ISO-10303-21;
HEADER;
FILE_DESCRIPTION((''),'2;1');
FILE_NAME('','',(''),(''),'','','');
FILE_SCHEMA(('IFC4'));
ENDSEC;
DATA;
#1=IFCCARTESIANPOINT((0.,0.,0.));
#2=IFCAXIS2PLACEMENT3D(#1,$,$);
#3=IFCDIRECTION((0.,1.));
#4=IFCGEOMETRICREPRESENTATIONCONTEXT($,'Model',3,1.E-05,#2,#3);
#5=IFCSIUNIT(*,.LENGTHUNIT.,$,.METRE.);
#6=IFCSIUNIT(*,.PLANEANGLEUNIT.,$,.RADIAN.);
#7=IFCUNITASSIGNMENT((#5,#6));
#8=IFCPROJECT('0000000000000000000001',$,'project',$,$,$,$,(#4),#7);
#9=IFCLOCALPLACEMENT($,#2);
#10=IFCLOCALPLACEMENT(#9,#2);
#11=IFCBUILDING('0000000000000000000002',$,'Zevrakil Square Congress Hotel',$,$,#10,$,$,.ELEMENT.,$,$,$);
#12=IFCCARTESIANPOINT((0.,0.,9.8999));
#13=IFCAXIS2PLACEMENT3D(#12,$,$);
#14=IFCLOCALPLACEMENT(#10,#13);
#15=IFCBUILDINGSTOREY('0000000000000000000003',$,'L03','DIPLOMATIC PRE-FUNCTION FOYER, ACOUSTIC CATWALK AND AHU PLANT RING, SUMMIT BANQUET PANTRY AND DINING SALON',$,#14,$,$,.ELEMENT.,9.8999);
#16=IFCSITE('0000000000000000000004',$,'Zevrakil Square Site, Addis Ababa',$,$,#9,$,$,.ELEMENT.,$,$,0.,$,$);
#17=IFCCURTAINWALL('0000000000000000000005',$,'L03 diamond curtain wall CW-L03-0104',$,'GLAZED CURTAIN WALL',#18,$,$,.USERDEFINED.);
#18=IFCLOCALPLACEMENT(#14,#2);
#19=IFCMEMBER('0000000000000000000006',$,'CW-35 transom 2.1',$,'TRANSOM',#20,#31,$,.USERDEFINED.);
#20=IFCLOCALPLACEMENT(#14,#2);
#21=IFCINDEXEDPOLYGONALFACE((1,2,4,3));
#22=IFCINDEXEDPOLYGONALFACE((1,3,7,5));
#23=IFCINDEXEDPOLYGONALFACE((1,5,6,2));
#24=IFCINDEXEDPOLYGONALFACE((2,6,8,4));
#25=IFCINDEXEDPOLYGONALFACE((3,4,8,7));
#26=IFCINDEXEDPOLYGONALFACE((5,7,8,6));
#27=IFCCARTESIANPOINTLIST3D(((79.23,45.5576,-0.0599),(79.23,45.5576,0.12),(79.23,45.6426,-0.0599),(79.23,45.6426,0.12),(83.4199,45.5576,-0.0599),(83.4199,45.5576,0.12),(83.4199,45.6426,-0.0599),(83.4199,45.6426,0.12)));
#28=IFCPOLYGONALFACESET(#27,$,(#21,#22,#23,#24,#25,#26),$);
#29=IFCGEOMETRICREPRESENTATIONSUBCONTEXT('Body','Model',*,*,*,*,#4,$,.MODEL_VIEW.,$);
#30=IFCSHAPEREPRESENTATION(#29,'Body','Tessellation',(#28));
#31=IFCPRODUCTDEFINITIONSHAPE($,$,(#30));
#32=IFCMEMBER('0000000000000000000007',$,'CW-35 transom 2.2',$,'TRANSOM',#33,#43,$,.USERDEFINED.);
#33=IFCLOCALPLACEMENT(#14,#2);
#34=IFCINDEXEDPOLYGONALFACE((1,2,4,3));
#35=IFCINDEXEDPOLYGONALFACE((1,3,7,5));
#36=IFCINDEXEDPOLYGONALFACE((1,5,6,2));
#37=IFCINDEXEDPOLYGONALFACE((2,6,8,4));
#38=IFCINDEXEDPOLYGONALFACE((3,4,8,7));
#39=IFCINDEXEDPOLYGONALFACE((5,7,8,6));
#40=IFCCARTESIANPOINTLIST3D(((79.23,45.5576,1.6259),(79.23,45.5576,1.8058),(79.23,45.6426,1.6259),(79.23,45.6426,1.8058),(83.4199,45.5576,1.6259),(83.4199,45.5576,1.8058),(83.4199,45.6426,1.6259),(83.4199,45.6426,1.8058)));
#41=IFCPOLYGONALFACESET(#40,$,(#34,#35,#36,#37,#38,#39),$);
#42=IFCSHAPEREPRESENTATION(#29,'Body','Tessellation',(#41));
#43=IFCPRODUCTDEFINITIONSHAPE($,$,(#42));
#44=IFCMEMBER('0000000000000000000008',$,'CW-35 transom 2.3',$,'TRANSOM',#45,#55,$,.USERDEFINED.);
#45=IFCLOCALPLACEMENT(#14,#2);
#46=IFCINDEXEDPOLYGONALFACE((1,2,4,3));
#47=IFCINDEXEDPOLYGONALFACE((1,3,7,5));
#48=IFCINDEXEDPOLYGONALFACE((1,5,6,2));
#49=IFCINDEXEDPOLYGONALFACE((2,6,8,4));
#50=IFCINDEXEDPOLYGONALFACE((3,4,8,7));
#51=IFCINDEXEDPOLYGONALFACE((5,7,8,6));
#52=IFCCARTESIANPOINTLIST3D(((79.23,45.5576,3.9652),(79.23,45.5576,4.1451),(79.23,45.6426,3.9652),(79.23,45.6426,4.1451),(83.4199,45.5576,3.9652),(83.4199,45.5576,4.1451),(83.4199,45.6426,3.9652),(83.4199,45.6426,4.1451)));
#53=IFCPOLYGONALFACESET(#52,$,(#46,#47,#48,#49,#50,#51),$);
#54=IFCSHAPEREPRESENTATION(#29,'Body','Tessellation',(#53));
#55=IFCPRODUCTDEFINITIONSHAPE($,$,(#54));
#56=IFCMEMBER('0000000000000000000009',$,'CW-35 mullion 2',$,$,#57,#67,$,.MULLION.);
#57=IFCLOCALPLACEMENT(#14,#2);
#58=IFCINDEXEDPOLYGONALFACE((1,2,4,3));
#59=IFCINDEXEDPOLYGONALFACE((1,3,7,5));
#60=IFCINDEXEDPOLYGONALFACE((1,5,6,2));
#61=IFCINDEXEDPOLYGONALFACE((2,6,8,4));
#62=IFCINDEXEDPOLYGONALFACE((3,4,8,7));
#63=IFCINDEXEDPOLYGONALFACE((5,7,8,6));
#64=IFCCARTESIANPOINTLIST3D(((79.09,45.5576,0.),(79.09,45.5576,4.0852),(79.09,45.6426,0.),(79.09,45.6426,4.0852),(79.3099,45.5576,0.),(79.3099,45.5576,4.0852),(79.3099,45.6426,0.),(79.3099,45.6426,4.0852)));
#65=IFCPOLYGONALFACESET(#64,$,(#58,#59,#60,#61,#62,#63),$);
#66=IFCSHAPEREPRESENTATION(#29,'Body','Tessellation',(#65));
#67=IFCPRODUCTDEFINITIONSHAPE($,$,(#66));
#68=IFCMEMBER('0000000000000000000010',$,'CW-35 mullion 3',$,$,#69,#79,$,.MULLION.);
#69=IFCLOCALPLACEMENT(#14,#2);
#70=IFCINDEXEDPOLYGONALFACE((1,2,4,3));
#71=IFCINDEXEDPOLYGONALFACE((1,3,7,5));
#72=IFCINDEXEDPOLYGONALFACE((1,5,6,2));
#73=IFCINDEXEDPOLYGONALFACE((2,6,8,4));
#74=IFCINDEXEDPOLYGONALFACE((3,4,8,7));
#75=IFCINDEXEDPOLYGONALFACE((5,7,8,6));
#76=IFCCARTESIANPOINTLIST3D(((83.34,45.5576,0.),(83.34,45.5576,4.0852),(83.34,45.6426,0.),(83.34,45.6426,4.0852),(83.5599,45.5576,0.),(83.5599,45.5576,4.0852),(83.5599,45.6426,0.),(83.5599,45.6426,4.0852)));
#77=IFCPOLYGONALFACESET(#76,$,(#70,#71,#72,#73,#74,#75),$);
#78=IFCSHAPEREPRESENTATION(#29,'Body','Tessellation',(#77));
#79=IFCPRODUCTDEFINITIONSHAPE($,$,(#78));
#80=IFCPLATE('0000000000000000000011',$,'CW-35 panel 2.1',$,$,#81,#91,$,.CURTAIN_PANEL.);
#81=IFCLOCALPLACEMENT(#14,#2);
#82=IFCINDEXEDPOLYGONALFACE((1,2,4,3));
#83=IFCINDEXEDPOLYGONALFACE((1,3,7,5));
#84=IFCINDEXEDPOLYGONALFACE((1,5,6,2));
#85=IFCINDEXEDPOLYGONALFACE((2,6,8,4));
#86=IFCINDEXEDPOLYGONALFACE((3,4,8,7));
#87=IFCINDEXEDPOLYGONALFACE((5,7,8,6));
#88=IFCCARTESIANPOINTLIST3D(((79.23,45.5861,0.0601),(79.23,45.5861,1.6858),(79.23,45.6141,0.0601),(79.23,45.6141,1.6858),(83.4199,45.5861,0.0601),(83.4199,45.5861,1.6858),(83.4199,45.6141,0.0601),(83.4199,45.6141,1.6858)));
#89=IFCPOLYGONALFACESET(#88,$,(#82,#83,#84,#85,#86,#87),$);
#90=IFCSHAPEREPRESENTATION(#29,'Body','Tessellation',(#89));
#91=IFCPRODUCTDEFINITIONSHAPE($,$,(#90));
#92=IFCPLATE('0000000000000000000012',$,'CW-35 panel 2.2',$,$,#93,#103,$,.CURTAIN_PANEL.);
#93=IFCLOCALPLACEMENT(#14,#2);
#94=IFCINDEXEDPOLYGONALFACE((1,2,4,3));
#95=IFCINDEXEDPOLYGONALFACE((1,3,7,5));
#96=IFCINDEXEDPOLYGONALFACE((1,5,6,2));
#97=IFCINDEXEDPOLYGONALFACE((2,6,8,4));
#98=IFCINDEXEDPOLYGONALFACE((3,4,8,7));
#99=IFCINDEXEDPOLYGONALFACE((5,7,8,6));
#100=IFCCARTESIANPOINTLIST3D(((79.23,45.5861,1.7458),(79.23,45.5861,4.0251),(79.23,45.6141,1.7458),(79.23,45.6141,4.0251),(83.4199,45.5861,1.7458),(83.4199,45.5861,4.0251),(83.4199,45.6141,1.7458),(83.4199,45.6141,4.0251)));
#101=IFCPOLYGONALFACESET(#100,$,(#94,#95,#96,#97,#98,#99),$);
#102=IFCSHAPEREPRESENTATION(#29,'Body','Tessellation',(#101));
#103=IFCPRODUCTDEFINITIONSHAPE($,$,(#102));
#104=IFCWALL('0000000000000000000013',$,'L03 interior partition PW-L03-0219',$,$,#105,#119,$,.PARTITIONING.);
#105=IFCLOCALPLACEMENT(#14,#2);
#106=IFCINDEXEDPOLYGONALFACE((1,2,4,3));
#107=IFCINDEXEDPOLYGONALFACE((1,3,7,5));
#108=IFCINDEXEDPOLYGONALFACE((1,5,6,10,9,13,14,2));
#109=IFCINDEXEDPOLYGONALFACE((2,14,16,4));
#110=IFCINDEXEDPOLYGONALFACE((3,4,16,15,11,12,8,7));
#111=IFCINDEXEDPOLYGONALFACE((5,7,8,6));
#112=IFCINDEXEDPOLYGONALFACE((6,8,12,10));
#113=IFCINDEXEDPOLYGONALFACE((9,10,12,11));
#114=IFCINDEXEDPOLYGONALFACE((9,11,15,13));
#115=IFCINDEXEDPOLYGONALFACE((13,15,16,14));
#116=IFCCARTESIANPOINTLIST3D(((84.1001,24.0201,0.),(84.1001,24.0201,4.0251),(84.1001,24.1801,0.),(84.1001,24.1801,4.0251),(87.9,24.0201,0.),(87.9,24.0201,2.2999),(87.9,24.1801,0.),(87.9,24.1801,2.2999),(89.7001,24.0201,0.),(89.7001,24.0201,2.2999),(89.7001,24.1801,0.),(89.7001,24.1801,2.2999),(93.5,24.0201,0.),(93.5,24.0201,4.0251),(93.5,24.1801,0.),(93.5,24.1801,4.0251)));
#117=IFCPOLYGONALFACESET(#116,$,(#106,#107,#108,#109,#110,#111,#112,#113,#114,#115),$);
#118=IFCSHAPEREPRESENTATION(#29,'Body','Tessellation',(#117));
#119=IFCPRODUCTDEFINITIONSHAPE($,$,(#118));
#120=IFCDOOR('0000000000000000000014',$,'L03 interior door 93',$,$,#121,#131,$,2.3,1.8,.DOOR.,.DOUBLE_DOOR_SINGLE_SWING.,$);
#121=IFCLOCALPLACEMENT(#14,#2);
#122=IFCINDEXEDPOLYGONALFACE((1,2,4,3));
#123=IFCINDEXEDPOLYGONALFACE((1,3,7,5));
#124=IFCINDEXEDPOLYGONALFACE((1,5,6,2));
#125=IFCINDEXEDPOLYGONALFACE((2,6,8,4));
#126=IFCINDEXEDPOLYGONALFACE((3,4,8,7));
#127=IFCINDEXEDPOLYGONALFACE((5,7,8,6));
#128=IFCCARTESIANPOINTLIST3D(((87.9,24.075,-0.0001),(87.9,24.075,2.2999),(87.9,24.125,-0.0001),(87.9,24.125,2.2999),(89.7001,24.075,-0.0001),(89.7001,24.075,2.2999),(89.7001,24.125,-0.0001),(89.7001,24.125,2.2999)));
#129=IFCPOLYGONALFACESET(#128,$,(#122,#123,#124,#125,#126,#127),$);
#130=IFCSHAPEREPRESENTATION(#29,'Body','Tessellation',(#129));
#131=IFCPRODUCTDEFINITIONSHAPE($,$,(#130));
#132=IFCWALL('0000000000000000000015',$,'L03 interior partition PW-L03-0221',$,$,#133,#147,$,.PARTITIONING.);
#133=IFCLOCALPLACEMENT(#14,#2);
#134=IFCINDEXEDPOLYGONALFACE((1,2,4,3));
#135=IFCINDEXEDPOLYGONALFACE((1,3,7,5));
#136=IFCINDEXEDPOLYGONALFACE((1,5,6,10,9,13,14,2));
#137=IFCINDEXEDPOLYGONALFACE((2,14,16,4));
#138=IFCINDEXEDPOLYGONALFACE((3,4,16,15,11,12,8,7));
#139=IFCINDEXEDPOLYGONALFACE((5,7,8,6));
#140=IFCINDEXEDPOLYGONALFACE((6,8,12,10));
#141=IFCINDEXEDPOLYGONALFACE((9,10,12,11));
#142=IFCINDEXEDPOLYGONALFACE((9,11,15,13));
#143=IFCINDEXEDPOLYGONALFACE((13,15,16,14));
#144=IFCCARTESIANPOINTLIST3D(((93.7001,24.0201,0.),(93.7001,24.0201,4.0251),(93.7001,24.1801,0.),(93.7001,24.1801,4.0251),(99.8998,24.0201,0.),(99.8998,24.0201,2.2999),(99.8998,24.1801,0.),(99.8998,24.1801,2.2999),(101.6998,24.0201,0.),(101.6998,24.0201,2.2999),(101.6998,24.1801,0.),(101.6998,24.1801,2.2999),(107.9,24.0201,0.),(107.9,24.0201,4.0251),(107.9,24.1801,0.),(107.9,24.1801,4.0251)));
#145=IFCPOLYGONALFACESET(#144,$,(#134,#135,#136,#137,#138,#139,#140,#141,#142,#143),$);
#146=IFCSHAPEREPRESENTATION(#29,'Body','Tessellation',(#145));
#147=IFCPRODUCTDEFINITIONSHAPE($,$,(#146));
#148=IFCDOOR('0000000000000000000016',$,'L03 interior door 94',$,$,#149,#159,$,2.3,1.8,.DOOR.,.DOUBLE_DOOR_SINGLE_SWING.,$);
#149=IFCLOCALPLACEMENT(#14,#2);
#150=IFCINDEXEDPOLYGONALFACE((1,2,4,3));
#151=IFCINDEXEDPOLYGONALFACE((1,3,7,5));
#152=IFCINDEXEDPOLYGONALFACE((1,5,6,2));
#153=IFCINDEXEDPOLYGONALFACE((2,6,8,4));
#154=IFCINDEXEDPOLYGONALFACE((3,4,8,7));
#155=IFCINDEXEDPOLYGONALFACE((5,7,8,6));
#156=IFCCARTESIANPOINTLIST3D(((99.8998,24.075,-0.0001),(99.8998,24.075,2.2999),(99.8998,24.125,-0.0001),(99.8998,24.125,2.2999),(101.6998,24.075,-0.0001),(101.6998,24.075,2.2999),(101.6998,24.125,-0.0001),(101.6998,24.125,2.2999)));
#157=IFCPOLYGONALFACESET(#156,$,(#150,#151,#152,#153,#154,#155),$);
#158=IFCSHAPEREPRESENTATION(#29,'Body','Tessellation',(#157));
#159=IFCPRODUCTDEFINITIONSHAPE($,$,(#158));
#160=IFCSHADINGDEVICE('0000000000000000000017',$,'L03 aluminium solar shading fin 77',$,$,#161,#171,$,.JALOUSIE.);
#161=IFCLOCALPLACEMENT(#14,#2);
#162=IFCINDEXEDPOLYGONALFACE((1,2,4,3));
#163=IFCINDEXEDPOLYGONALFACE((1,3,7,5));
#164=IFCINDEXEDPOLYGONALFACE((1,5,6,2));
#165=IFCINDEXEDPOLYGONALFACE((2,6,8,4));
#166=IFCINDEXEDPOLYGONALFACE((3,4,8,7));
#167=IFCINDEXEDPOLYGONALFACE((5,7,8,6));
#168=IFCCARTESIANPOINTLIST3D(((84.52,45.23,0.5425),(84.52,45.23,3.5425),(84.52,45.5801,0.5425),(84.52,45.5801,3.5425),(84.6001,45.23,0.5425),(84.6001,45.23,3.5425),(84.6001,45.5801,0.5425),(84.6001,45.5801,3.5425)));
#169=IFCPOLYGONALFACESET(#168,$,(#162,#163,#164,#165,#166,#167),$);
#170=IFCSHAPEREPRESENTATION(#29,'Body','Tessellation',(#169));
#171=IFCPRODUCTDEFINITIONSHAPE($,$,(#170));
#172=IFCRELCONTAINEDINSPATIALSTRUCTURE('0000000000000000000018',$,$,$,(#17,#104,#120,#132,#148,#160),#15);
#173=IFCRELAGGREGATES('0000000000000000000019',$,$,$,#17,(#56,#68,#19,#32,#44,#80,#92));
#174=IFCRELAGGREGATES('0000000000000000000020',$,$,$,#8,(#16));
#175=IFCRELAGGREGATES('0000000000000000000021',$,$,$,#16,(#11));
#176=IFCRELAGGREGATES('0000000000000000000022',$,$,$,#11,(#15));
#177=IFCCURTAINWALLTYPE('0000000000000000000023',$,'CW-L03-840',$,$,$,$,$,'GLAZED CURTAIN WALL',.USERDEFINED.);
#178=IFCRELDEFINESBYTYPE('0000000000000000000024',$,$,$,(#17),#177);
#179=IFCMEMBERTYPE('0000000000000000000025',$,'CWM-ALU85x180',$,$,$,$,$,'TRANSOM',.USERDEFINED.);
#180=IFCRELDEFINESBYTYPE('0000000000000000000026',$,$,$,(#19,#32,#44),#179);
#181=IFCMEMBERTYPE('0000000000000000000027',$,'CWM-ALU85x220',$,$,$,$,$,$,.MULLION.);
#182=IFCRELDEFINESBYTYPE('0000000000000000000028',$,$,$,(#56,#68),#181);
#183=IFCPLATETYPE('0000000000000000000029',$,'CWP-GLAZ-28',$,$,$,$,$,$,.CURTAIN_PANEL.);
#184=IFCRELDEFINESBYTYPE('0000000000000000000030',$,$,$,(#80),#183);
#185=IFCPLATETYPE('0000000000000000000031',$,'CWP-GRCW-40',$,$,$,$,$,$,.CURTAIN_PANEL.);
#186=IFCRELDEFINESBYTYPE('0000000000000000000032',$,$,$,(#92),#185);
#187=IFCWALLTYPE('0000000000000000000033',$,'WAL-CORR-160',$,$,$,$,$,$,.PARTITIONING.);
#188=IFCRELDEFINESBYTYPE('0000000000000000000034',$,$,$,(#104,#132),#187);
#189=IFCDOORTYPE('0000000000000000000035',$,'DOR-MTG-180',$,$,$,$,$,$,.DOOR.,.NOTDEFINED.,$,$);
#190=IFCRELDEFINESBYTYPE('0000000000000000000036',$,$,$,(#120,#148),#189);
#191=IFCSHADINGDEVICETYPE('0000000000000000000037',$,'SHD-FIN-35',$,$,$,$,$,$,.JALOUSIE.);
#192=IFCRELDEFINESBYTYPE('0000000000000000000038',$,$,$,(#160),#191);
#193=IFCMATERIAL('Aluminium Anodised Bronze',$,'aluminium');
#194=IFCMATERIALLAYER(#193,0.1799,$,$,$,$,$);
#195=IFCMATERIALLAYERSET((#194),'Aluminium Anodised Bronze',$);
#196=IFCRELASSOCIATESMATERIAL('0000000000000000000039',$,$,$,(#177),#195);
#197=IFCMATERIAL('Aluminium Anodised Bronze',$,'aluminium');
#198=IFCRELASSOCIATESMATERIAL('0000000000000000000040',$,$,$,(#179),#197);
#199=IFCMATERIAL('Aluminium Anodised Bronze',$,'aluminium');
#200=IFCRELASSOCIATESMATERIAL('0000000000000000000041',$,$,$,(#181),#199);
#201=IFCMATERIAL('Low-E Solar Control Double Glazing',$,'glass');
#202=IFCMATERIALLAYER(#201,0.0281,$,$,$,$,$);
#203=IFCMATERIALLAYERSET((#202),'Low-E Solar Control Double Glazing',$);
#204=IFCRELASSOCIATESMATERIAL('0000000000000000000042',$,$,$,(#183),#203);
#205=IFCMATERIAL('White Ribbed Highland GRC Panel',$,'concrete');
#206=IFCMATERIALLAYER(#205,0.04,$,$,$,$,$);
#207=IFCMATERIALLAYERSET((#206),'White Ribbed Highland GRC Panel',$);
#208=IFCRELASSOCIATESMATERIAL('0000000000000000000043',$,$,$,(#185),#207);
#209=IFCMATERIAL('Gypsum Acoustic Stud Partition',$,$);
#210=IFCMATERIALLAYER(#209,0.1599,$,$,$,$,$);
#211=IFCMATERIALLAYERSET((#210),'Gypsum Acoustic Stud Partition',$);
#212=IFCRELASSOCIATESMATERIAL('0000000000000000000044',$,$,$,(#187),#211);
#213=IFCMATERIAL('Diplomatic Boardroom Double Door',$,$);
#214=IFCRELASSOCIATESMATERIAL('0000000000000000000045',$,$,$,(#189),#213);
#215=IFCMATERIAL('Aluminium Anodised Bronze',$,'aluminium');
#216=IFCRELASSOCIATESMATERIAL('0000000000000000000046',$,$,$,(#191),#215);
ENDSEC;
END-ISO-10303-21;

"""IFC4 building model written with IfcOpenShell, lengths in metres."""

from ifc_helpers import new_model, si_unit, direction, frame, frame_2d, origin, origin_2d, place, context, subcontext, project, spatial, rectangle, extrude, material, layer, layer_set, material_profile, profile_set, type_object, element, fill, aggregate, save


model = new_model("IFC4")

# Units and contexts
model_context = context("Model", 3, precision=1e-05, world=origin(), true_north=direction((0.0, 1.0)))
body_context = subcontext(model_context, "Body", "Model", "MODEL_VIEW")
ifc_project = project(units=[si_unit("LENGTHUNIT", "METRE"), si_unit("PLANEANGLEUNIT", "RADIAN")], contexts=[model_context])

# Site, building, storey
site_placement = place(None, origin())
site = spatial("IfcSite", under=ifc_project, at=site_placement, Name="Zevrakil Square Site, Addis Ababa", CompositionType="ELEMENT", RefElevation=0.0)
building_placement = place(site_placement, origin())
building = spatial("IfcBuilding", under=site, at=building_placement, Name="Zevrakil Square Congress Hotel", CompositionType="ELEMENT")
storey_placement = place(building_placement, frame((0.0, 0.0, 9.8999)))
storey = spatial("IfcBuildingStorey", under=building, at=storey_placement, Name="L03", Description="DIPLOMATIC PRE-FUNCTION FOYER, ACOUSTIC CATWALK AND AHU PLANT RING, SUMMIT BANQUET PANTRY AND DINING SALON", CompositionType="ELEMENT", Elevation=9.8999)

# Curtain wall, members, plates
ifc_material_1 = material(Name="Aluminium Anodised Bronze", Category="aluminium")
ifc_layer_1 = layer(ifc_material_1, 0.1799)
ifc_layer_set_1 = layer_set([ifc_layer_1], Name="Aluminium Anodised Bronze")
curtain_wall_type = type_object("IfcCurtainWallType", Name="CW-L03-840", ElementType="GLAZED CURTAIN WALL", PredefinedType="USERDEFINED", material=ifc_layer_set_1)
curtain_wall_placement = place(storey_placement, origin())
curtain_wall = element("IfcCurtainWall", 1, at=curtain_wall_placement, inside=storey, type_object=curtain_wall_type, Name="L03 diamond curtain wall CW-L03-0104", ObjectType="GLAZED CURTAIN WALL", PredefinedType="USERDEFINED")
ifc_material_2 = material(Name="Aluminium Anodised Bronze", Category="aluminium")
ifc_material_profile_1 = material_profile(ifc_material_2, rectangle(XDim=0.085, YDim=0.1799, at=origin_2d()), Name="ALU 85x180")
ifc_profile_set_1 = profile_set([ifc_material_profile_1], Name="Aluminium Anodised Bronze")
member_type_1 = type_object("IfcMemberType", Name="CWM-ALU85x180", ElementType="TRANSOM", PredefinedType="USERDEFINED", material=ifc_profile_set_1)
member_1_placement = place(storey_placement, frame((79.23, 45.6001, 0.03), z_axis=(1.0, 0.0, 0.0), x_axis=(0.0, 1.0, 0.0)))
member_1 = element("IfcMember", 2, at=member_1_placement, type_object=member_type_1, Name="CW-35 transom 2.1", ObjectType="TRANSOM", PredefinedType="USERDEFINED", context=body_context, shape_type="SweptSolid", body=[
    extrude(rectangle(XDim=0.085, YDim=0.1799, at=origin_2d()), origin(), (0.0, 0.0, 1.0), 4.1899),
])
member_2_placement = place(storey_placement, frame((79.23, 45.6001, 1.7158), z_axis=(1.0, 0.0, 0.0), x_axis=(0.0, 1.0, 0.0)))
member_2 = element("IfcMember", 3, at=member_2_placement, type_object=member_type_1, Name="CW-35 transom 2.2", ObjectType="TRANSOM", PredefinedType="USERDEFINED", context=body_context, shape_type="SweptSolid", body=[
    extrude(rectangle(XDim=0.085, YDim=0.1799, at=origin_2d()), origin(), (0.0, 0.0, 1.0), 4.1899),
])
member_3_placement = place(storey_placement, frame((79.23, 45.6001, 4.0552), z_axis=(1.0, 0.0, 0.0), x_axis=(0.0, 1.0, 0.0)))
member_3 = element("IfcMember", 4, at=member_3_placement, type_object=member_type_1, Name="CW-35 transom 2.3", ObjectType="TRANSOM", PredefinedType="USERDEFINED", context=body_context, shape_type="SweptSolid", body=[
    extrude(rectangle(XDim=0.085, YDim=0.1799, at=origin_2d()), origin(), (0.0, 0.0, 1.0), 4.1899),
])
ifc_material_3 = material(Name="Aluminium Anodised Bronze", Category="aluminium")
ifc_material_profile_2 = material_profile(ifc_material_3, rectangle(XDim=0.085, YDim=0.22, at=origin_2d()), Name="ALU 85x220")
ifc_profile_set_2 = profile_set([ifc_material_profile_2], Name="Aluminium Anodised Bronze")
member_type_2 = type_object("IfcMemberType", Name="CWM-ALU85x220", PredefinedType="MULLION", material=ifc_profile_set_2)
member_4_placement = place(storey_placement, frame((79.2, 45.6001, 0.0), z_axis=(0.0, 0.0, 1.0), x_axis=(0.0, 1.0, 0.0)))
member_4 = element("IfcMember", 5, at=member_4_placement, type_object=member_type_2, Name="CW-35 mullion 2", PredefinedType="MULLION", context=body_context, shape_type="SweptSolid", body=[
    extrude(rectangle(XDim=0.085, YDim=0.22, at=origin_2d()), origin(), (0.0, 0.0, 1.0), 4.0852),
])
member_5_placement = place(storey_placement, frame((83.45, 45.6001, 0.0), z_axis=(0.0, 0.0, 1.0), x_axis=(0.0, 1.0, 0.0)))
member_5 = element("IfcMember", 6, at=member_5_placement, type_object=member_type_2, Name="CW-35 mullion 3", PredefinedType="MULLION", context=body_context, shape_type="SweptSolid", body=[
    extrude(rectangle(XDim=0.085, YDim=0.22, at=origin_2d()), origin(), (0.0, 0.0, 1.0), 4.0852),
])
ifc_material_4 = material(Name="Low-E Solar Control Double Glazing", Category="glass")
ifc_layer_2 = layer(ifc_material_4, 0.0281)
ifc_layer_set_2 = layer_set([ifc_layer_2], Name="Low-E Solar Control Double Glazing")
plate_type_1 = type_object("IfcPlateType", Name="CWP-GLAZ-28", PredefinedType="CURTAIN_PANEL", material=ifc_layer_set_2)
plate_1_placement = place(storey_placement, frame((81.325, 45.6001, 0.0601), z_axis=(0.0, 0.0, 1.0), x_axis=(1.0, 0.0, 0.0)))
plate_1 = element("IfcPlate", 7, at=plate_1_placement, type_object=plate_type_1, Name="CW-35 panel 2.1", PredefinedType="CURTAIN_PANEL", context=body_context, shape_type="SweptSolid", body=[
    extrude(rectangle(XDim=4.1899, YDim=0.0281, at=origin_2d()), origin(), (0.0, 0.0, 1.0), 1.6257),
])
ifc_material_5 = material(Name="White Ribbed Highland GRC Panel", Category="concrete")
ifc_layer_3 = layer(ifc_material_5, 0.04)
ifc_layer_set_3 = layer_set([ifc_layer_3], Name="White Ribbed Highland GRC Panel")
plate_type_2 = type_object("IfcPlateType", Name="CWP-GRCW-40", PredefinedType="CURTAIN_PANEL", material=ifc_layer_set_3)
plate_2_placement = place(storey_placement, frame((81.325, 45.6001, 1.7458), z_axis=(0.0, 0.0, 1.0), x_axis=(1.0, 0.0, 0.0)))
plate_2 = element("IfcPlate", 8, at=plate_2_placement, type_object=plate_type_2, Name="CW-35 panel 2.2", PredefinedType="CURTAIN_PANEL", context=body_context, shape_type="SweptSolid", body=[
    extrude(rectangle(XDim=4.1899, YDim=0.0281, at=origin_2d()), origin(), (0.0, 0.0, 1.0), 2.2793),
])
aggregate(curtain_wall, [member_4, member_5, member_1, member_2, member_3, plate_1, plate_2])

# Walls, openings, doors
ifc_material_6 = material(Name="Gypsum Acoustic Stud Partition")
ifc_layer_4 = layer(ifc_material_6, 0.1599)
ifc_layer_set_4 = layer_set([ifc_layer_4], Name="Gypsum Acoustic Stud Partition")
wall_type = type_object("IfcWallType", Name="WAL-CORR-160", PredefinedType="PARTITIONING", material=ifc_layer_set_4)
wall_1_placement = place(storey_placement, frame((84.1001, 24.1001, 0.0), z_axis=(0.0, 0.0, 1.0), x_axis=(1.0, 0.0, 0.0)))
wall_1 = element("IfcWall", 9, at=wall_1_placement, inside=storey, type_object=wall_type, Name="L03 interior partition PW-L03-0219", PredefinedType="PARTITIONING", context=body_context, shape_type="SweptSolid", body=[
    extrude(rectangle(XDim=9.3999, YDim=0.1599, at=frame_2d((4.7, 0.0))), origin(), (0.0, 0.0, 1.0), 4.0251),
])
opening_1_placement = place(wall_1_placement, frame((3.8, 0.0, 0.0)))
opening_1 = element("IfcOpeningElement", 10, at=opening_1_placement, cuts=wall_1, PredefinedType="OPENING", context=body_context, shape_type="SweptSolid", body=[
    extrude(rectangle(XDim=1.8, YDim=2.3, at=frame_2d((0.8999, 1.1499))), frame((0.0, 0.0898, 0.0), z_axis=(0.0, -1.0, 0.0), x_axis=(1.0, 0.0, 0.0)), (0.0, 0.0, 1.0), 0.1799),
])
ifc_material_7 = material(Name="Diplomatic Boardroom Double Door")
door_type = type_object("IfcDoorType", Name="DOR-MTG-180", OperationType="NOTDEFINED", PredefinedType="DOOR", material=ifc_material_7)
door_1_placement = place(opening_1_placement, origin())
door_1 = element("IfcDoor", 11, at=door_1_placement, inside=storey, type_object=door_type, Name="L03 interior door 93", OperationType="DOUBLE_DOOR_SINGLE_SWING", OverallHeight=2.3, OverallWidth=1.8, PredefinedType="DOOR", context=body_context, shape_type="SweptSolid", body=[
    extrude(rectangle(XDim=1.8, YDim=2.3, at=frame_2d((0.8999, 1.1499))), frame((0.0, 0.0249, 0.0), z_axis=(0.0, -1.0, 0.0), x_axis=(1.0, 0.0, 0.0)), (0.0, 0.0, 1.0), 0.05),
])
fill(opening_1, door_1)
wall_2_placement = place(storey_placement, frame((93.7, 24.1001, 0.0), z_axis=(0.0, 0.0, 1.0), x_axis=(1.0, 0.0, 0.0)))
wall_2 = element("IfcWall", 12, at=wall_2_placement, inside=storey, type_object=wall_type, Name="L03 interior partition PW-L03-0221", PredefinedType="PARTITIONING", context=body_context, shape_type="SweptSolid", body=[
    extrude(rectangle(XDim=14.2, YDim=0.1599, at=frame_2d((7.1001, 0.0))), origin(), (0.0, 0.0, 1.0), 4.0251),
])
opening_2_placement = place(wall_2_placement, frame((6.2, 0.0, 0.0)))
opening_2 = element("IfcOpeningElement", 13, at=opening_2_placement, cuts=wall_2, PredefinedType="OPENING", context=body_context, shape_type="SweptSolid", body=[
    extrude(rectangle(XDim=1.8, YDim=2.3, at=frame_2d((0.8999, 1.1499))), frame((0.0, 0.0898, 0.0), z_axis=(0.0, -1.0, 0.0), x_axis=(1.0, 0.0, 0.0)), (0.0, 0.0, 1.0), 0.1799),
])
door_2_placement = place(opening_2_placement, origin())
door_2 = element("IfcDoor", 14, at=door_2_placement, inside=storey, type_object=door_type, Name="L03 interior door 94", OperationType="DOUBLE_DOOR_SINGLE_SWING", OverallHeight=2.3, OverallWidth=1.8, PredefinedType="DOOR", context=body_context, shape_type="SweptSolid", body=[
    extrude(rectangle(XDim=1.8, YDim=2.3, at=frame_2d((0.8999, 1.1499))), frame((0.0, 0.0249, 0.0), z_axis=(0.0, -1.0, 0.0), x_axis=(1.0, 0.0, 0.0)), (0.0, 0.0, 1.0), 0.05),
])
fill(opening_2, door_2)

# Shading device
ifc_material_8 = material(Name="Aluminium Anodised Bronze", Category="aluminium")
shading_device_type = type_object("IfcShadingDeviceType", Name="SHD-FIN-35", PredefinedType="JALOUSIE", material=ifc_material_8)
for number, where, z_axis, x_axis, name in (
    (15, (84.5601, 45.405, 0.5425), (0.0, 0.0, 1.0), (0.0, -1.0, 0.0), "L03 aluminium solar shading fin 77"),
):
    element("IfcShadingDevice", number, at=place(storey_placement, frame(where, z_axis=z_axis, x_axis=x_axis)), inside=storey, type_object=shading_device_type, Name=name, PredefinedType="JALOUSIE", context=body_context, shape_type="SweptSolid", body=[
        extrude(rectangle(XDim=0.3501, YDim=0.0801, at=origin_2d()), origin(), (0.0, 0.0, 1.0), 3.0),
    ])

save(model, "model.ifc")
